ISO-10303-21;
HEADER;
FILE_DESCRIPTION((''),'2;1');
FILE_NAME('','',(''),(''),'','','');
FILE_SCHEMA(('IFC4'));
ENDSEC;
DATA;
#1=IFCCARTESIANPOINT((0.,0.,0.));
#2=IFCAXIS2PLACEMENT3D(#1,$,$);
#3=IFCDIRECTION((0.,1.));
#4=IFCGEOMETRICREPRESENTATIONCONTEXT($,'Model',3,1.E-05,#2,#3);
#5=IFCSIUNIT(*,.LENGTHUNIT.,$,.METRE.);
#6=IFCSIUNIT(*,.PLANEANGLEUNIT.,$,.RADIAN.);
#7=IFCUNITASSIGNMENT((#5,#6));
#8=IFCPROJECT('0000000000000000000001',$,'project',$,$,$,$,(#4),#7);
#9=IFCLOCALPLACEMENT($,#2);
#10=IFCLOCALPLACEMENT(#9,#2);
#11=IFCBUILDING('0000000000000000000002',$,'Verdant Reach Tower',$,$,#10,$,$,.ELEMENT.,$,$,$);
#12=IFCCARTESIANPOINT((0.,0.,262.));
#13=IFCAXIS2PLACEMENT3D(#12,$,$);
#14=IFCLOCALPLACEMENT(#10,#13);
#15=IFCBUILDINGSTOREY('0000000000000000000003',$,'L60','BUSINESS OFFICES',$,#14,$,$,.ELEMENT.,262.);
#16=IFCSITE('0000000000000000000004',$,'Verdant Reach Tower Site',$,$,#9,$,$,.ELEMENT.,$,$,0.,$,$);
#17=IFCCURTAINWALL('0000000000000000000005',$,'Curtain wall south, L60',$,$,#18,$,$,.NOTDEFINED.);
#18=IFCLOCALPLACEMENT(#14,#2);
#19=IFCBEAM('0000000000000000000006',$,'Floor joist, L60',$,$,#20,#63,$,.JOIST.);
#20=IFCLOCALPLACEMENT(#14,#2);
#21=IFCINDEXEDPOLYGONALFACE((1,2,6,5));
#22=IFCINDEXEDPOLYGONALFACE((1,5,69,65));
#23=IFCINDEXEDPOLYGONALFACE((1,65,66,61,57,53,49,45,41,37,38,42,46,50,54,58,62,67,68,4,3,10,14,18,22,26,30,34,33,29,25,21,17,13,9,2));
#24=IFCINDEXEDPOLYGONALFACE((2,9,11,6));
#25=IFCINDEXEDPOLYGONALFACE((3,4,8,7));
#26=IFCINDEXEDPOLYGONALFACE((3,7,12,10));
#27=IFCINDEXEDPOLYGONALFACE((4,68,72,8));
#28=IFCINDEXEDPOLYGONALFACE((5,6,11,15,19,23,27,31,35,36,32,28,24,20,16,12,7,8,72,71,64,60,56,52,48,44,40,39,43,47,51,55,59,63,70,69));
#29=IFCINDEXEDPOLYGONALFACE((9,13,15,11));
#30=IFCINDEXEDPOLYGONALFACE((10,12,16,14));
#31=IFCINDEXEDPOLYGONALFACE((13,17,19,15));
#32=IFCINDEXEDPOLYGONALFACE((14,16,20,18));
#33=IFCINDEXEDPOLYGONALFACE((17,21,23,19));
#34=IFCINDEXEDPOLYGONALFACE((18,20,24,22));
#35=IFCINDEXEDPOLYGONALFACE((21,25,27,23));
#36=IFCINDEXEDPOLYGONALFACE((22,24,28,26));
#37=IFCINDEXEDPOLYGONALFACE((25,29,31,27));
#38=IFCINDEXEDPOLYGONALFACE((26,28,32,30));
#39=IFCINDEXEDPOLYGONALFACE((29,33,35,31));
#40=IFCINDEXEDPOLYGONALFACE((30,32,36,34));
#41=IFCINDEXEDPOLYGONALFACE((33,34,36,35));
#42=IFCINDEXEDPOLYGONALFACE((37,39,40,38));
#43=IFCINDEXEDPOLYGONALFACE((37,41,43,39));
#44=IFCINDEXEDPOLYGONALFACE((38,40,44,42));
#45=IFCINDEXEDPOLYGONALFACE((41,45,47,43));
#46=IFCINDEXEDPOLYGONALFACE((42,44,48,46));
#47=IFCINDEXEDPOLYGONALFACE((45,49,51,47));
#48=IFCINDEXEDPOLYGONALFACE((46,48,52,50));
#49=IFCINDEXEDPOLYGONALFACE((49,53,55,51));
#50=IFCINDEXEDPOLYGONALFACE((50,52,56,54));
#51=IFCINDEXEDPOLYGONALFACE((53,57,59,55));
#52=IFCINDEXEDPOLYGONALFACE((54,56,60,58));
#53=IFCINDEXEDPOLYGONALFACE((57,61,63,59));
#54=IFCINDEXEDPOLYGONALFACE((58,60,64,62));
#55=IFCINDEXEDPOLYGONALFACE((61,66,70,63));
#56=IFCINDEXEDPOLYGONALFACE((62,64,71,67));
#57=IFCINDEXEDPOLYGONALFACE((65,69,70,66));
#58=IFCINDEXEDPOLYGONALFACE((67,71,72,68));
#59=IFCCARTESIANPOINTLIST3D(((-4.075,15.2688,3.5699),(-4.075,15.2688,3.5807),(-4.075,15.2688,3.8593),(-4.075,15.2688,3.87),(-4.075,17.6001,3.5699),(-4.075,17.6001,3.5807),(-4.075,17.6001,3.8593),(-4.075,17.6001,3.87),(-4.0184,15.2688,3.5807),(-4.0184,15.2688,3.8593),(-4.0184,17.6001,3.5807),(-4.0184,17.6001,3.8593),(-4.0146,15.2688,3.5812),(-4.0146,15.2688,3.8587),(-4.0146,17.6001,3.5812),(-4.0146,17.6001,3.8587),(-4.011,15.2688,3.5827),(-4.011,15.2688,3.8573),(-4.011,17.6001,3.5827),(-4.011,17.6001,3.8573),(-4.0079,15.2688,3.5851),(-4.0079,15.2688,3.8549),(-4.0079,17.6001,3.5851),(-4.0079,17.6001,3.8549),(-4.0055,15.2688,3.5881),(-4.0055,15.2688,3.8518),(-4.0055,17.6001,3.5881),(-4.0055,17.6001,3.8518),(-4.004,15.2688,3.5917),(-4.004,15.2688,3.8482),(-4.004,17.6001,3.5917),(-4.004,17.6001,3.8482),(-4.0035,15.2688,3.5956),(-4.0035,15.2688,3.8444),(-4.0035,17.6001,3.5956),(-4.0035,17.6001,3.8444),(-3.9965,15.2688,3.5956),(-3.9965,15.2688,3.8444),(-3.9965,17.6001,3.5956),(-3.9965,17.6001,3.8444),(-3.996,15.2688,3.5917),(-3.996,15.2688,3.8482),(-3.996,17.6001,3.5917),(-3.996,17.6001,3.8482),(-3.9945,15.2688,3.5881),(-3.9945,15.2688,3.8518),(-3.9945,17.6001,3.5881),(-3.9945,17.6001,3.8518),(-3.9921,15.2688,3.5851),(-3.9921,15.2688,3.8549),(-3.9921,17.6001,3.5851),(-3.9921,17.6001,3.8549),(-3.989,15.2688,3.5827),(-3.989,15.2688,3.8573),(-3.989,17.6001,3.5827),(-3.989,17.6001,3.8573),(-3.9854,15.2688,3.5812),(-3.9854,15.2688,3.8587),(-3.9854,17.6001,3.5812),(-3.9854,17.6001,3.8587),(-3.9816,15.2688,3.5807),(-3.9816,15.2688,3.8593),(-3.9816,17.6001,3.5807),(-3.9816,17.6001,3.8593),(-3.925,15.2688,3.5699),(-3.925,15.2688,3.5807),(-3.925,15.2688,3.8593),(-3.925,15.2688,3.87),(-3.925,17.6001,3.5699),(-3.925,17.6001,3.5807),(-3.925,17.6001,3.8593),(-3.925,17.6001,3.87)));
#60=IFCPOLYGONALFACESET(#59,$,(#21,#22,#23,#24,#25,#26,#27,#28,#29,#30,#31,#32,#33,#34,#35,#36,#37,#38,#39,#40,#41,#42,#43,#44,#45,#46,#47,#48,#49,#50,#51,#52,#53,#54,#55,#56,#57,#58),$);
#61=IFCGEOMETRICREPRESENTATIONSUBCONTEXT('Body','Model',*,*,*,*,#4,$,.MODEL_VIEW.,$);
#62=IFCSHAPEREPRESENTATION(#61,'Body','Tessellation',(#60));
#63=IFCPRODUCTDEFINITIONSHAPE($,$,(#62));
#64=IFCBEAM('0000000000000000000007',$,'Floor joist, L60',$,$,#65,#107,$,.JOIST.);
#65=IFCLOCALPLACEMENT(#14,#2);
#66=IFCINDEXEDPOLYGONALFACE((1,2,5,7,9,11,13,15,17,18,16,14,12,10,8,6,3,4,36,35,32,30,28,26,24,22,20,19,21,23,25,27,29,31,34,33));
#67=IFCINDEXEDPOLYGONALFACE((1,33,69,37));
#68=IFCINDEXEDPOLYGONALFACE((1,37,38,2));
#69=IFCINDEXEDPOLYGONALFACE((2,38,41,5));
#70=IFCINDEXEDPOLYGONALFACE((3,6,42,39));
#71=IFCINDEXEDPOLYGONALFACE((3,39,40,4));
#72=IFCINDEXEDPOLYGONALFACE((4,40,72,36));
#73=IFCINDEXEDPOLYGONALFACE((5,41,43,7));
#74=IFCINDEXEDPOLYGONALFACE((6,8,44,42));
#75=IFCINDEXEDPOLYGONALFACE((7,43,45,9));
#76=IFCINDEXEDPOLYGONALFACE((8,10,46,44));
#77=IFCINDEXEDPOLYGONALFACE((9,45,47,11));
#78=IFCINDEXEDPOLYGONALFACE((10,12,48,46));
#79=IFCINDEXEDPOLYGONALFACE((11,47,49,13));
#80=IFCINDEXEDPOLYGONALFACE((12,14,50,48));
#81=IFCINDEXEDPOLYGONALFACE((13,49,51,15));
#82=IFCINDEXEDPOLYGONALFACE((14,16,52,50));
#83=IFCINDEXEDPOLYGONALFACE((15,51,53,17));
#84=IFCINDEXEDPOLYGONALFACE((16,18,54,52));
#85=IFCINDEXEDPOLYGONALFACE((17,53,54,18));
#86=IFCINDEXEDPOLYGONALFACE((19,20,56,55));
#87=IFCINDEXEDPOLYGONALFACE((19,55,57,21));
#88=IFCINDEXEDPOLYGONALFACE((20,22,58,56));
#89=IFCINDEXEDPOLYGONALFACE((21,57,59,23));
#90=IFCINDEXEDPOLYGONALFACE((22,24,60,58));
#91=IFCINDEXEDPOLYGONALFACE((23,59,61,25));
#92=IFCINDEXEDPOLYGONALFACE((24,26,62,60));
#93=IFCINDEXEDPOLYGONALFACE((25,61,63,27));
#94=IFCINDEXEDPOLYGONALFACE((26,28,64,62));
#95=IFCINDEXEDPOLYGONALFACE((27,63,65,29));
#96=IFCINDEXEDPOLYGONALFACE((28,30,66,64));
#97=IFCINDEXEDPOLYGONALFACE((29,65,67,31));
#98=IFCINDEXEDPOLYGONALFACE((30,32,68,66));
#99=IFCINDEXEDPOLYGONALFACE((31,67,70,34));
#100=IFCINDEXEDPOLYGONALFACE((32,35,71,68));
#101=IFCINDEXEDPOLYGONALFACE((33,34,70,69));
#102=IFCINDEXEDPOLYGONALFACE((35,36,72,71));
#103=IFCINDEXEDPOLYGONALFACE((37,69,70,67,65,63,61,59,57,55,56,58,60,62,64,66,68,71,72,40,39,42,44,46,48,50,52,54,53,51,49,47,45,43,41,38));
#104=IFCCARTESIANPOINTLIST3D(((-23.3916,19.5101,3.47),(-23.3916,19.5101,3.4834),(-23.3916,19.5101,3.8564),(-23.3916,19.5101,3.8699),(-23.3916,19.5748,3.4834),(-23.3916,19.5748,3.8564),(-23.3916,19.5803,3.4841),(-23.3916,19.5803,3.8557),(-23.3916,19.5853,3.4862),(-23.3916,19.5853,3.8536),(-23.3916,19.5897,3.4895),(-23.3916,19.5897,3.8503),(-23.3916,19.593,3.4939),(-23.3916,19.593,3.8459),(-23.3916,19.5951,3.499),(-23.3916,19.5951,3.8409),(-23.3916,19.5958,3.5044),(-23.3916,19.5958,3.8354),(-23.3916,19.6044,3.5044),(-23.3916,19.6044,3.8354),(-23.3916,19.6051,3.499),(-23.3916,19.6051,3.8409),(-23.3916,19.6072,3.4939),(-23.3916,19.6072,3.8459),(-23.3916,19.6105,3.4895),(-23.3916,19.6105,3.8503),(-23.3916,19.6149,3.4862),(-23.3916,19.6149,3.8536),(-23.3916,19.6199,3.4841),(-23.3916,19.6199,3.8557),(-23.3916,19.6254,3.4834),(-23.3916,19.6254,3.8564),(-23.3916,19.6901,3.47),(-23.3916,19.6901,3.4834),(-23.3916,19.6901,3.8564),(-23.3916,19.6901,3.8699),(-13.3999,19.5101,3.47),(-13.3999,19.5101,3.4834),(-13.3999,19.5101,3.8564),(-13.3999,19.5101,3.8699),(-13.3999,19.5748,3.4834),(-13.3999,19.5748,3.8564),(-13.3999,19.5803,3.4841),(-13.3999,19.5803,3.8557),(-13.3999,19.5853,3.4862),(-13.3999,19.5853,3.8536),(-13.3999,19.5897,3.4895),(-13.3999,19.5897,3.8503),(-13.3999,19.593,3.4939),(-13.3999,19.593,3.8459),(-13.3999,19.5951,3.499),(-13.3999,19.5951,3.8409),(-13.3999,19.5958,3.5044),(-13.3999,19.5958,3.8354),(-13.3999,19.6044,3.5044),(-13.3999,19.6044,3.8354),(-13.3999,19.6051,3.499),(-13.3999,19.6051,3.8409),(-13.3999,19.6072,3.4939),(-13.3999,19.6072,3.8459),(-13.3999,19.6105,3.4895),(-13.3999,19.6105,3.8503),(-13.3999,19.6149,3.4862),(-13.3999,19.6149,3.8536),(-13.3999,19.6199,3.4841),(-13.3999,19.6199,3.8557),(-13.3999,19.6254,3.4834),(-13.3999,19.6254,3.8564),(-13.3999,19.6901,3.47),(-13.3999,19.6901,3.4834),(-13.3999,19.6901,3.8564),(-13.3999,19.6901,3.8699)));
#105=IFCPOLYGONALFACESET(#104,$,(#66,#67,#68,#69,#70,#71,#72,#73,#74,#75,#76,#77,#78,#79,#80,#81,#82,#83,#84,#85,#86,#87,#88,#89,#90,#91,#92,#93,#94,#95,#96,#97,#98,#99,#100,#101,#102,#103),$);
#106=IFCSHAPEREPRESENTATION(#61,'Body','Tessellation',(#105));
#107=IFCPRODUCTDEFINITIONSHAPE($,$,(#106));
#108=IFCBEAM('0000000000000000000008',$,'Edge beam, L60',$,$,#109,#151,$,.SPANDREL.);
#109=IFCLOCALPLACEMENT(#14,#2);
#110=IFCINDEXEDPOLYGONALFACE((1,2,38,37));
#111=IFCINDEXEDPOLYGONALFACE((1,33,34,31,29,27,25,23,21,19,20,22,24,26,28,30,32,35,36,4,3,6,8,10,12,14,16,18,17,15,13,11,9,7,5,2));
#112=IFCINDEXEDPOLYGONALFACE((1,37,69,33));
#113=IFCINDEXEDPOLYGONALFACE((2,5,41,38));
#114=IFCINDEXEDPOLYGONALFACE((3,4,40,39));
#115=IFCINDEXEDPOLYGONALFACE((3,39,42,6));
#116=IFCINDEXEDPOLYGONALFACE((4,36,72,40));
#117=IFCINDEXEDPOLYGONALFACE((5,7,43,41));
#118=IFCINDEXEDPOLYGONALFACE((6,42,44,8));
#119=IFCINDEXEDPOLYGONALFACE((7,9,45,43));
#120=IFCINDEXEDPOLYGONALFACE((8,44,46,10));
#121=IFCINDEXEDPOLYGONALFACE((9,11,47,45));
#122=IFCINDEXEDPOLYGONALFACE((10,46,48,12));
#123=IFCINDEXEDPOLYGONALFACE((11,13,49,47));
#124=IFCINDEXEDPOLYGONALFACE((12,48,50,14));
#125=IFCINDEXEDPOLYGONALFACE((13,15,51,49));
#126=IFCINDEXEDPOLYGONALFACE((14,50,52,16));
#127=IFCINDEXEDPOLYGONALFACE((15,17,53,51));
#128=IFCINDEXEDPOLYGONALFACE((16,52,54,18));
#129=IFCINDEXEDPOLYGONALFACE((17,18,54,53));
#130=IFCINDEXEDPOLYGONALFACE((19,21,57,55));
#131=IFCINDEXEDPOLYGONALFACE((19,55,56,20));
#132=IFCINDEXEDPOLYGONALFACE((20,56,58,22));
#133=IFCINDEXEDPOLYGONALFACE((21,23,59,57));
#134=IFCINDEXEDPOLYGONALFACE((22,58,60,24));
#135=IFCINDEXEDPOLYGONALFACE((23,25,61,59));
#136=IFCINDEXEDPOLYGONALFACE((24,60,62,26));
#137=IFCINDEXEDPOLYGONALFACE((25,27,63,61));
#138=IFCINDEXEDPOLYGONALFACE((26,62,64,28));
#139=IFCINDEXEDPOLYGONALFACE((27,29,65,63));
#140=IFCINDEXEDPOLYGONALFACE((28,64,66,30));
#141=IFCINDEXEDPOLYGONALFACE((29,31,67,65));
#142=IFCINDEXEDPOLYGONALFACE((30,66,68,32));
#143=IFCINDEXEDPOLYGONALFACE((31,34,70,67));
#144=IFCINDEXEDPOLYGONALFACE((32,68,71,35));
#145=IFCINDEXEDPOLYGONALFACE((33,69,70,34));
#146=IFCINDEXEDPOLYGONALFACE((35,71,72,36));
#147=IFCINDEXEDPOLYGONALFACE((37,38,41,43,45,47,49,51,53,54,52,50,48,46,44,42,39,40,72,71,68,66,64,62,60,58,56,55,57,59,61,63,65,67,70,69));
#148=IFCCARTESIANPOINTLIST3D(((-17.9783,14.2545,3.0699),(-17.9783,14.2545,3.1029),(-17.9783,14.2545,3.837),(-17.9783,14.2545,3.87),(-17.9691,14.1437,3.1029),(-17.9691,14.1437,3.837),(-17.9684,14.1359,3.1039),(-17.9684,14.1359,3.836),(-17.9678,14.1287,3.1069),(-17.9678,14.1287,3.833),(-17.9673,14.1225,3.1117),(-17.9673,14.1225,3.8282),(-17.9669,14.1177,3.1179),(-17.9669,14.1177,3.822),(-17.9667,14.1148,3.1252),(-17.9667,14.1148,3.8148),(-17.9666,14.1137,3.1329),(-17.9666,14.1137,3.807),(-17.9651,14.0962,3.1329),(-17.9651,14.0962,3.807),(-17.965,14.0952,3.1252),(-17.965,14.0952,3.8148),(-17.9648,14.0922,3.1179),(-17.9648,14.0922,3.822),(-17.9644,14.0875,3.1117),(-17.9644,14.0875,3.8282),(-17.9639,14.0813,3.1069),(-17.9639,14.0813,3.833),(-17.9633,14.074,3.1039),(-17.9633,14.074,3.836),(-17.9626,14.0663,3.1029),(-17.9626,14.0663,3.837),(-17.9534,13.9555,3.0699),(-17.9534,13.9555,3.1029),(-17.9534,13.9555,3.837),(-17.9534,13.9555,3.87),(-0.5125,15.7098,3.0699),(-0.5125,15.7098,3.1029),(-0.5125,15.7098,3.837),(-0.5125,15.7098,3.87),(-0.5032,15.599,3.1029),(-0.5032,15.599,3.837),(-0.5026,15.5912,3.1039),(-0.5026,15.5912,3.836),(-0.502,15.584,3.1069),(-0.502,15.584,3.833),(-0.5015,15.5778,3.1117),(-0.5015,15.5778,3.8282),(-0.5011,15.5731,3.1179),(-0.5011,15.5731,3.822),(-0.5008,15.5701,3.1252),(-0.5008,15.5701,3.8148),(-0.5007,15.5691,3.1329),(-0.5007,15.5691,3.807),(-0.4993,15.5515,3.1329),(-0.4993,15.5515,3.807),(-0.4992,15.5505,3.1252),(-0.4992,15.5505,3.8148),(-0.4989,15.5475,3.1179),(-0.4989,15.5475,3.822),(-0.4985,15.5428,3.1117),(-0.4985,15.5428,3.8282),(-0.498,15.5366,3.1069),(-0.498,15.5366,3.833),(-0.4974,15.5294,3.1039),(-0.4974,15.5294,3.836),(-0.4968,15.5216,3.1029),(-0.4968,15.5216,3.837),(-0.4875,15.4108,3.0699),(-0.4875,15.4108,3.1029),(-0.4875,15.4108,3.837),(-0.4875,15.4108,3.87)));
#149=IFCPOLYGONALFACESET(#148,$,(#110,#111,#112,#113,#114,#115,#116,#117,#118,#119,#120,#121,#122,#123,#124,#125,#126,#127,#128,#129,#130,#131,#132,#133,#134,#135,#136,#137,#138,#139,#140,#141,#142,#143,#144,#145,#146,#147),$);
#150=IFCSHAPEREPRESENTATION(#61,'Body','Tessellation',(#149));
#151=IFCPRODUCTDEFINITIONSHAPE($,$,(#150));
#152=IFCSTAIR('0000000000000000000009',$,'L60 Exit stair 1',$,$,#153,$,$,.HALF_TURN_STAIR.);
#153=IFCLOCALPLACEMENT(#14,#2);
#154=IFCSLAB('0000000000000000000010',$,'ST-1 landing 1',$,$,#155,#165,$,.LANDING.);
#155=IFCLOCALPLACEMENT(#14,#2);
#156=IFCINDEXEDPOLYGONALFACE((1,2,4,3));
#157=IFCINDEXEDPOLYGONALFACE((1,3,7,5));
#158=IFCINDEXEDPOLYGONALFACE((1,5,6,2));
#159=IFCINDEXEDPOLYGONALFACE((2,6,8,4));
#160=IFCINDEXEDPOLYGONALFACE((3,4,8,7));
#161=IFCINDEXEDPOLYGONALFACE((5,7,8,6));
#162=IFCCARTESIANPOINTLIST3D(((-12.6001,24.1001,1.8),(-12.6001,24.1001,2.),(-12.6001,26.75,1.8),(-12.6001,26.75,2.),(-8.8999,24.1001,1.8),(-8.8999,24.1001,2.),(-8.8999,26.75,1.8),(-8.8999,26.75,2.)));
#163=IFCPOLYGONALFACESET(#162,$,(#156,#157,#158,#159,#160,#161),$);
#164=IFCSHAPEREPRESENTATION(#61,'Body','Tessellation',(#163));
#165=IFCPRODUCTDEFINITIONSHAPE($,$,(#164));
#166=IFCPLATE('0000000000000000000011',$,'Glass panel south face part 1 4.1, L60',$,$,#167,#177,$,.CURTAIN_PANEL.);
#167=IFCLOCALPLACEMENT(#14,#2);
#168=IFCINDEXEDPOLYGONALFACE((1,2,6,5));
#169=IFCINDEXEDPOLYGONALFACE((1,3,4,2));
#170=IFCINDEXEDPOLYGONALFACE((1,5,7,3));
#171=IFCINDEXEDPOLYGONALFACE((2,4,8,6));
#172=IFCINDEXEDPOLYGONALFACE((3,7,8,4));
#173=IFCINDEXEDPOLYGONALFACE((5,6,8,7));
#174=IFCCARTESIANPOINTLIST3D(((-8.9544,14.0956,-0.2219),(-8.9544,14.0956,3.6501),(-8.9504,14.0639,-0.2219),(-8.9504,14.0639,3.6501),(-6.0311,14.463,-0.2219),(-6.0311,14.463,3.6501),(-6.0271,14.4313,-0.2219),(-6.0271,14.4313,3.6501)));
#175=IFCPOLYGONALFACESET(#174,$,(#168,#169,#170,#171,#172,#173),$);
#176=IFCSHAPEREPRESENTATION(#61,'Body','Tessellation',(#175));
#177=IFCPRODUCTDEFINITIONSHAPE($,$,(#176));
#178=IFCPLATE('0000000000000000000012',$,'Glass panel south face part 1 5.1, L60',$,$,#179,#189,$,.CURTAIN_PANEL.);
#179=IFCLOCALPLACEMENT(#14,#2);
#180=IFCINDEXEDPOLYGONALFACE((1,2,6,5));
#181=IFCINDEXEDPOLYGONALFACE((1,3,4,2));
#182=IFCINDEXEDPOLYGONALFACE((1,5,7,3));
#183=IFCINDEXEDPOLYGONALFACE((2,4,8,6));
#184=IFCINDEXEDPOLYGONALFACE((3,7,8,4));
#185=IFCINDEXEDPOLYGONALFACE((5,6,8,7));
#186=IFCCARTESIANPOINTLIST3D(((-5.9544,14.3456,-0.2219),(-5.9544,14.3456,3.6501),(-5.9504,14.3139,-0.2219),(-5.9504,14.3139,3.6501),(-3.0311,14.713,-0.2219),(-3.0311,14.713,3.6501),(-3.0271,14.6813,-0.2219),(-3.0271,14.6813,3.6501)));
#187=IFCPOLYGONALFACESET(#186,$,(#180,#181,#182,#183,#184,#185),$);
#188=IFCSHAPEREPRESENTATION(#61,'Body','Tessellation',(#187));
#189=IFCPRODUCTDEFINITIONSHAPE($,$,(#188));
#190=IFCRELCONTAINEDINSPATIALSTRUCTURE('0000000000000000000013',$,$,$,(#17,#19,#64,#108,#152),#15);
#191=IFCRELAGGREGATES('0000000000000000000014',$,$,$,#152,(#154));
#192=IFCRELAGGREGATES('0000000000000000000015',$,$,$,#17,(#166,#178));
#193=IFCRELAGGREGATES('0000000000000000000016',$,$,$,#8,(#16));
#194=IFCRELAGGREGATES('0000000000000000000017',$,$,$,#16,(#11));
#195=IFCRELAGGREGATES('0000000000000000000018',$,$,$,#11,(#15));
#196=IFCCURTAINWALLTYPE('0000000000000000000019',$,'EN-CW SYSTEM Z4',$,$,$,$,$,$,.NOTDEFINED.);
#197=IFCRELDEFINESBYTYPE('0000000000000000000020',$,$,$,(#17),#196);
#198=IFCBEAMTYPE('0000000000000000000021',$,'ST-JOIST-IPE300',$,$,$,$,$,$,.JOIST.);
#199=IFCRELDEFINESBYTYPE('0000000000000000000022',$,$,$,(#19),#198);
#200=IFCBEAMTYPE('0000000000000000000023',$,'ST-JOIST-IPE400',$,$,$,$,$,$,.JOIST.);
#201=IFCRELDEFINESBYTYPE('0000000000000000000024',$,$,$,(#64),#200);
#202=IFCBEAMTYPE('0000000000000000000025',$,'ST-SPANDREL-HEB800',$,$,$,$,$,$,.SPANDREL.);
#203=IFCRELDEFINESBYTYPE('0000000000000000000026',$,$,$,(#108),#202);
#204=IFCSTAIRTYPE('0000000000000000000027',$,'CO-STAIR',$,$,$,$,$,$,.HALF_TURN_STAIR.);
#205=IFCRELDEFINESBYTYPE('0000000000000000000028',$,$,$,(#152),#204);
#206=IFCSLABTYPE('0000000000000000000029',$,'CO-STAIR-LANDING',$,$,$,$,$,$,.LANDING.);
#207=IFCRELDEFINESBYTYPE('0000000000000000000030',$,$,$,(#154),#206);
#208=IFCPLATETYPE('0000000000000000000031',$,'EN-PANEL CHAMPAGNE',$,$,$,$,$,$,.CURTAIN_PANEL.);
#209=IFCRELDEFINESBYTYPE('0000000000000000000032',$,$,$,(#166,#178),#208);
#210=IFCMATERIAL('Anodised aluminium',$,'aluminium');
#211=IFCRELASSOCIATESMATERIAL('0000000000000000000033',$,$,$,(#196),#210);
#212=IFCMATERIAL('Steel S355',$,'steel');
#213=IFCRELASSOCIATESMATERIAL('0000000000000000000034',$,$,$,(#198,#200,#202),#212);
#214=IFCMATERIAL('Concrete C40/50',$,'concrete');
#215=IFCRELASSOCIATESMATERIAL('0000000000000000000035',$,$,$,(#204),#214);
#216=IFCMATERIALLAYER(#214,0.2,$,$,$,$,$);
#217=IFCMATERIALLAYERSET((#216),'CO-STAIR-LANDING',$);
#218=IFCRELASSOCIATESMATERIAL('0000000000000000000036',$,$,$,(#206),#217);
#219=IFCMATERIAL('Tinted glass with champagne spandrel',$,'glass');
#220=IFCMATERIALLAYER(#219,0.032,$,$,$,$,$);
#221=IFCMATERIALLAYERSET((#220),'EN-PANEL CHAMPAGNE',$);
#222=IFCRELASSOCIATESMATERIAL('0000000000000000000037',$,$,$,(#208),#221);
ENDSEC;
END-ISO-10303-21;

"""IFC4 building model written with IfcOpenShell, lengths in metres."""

from ifc_helpers import new_model, si_unit, direction, frame, origin, origin_2d, place, context, subcontext, project, spatial, polyline, rectangle, i_section, outline, extrude, material, layer, layer_set, material_profile, profile_set, type_object, element, aggregate, save


model = new_model("IFC4")

# Units and contexts
model_context = context("Model", 3, precision=1e-05, world=origin(), true_north=direction((0.0, 1.0)))
body_context = subcontext(model_context, "Body", "Model", "MODEL_VIEW")
ifc_project = project(units=[si_unit("LENGTHUNIT", "METRE"), si_unit("PLANEANGLEUNIT", "RADIAN")], contexts=[model_context])

# Site, building, storey
site_placement = place(None, origin())
site = spatial("IfcSite", under=ifc_project, at=site_placement, Name="Verdant Reach Tower Site", CompositionType="ELEMENT", RefElevation=0.0)
building_placement = place(site_placement, origin())
building = spatial("IfcBuilding", under=site, at=building_placement, Name="Verdant Reach Tower", CompositionType="ELEMENT")
storey_placement = place(building_placement, frame((0.0, 0.0, 262.0)))
storey = spatial("IfcBuildingStorey", under=building, at=storey_placement, Name="L60", Description="BUSINESS OFFICES", CompositionType="ELEMENT", Elevation=262.0)

# Curtain wall
ifc_material_1 = material(Name="Anodised aluminium", Category="aluminium")
curtain_wall_type = type_object("IfcCurtainWallType", Name="EN-CW SYSTEM Z4", PredefinedType="NOTDEFINED", material=ifc_material_1)
curtain_wall_placement = place(storey_placement, origin())
curtain_wall = element("IfcCurtainWall", 1, at=curtain_wall_placement, inside=storey, type_object=curtain_wall_type, Name="Curtain wall south, L60", PredefinedType="NOTDEFINED")

# Beams
ifc_material_2 = material(Name="Steel S355", Category="steel")
ifc_material_profile_1 = material_profile(ifc_material_2, i_section(OverallWidth=0.1499, OverallDepth=0.3, WebThickness=0.0071, FlangeThickness=0.0107, FilletRadius=0.0149, at=origin_2d()), Name="IPE 300")
ifc_profile_set_1 = profile_set([ifc_material_profile_1], Name="Steel S355")
beam_type_1 = type_object("IfcBeamType", Name="ST-JOIST-IPE300", PredefinedType="JOIST", material=ifc_profile_set_1)
beam_1_placement = place(storey_placement, frame((-4.0, 17.6001, 3.72), z_axis=(0.0, -1.0, 0.0), x_axis=(1.0, 0.0, 0.0)))
element("IfcBeam", 2, at=beam_1_placement, inside=storey, type_object=beam_type_1, Name="Floor joist, L60", PredefinedType="JOIST", context=body_context, shape_type="SweptSolid", body=[
    extrude(i_section(OverallWidth=0.1499, OverallDepth=0.3, WebThickness=0.0071, FlangeThickness=0.0107, FilletRadius=0.0149, at=origin_2d()), origin(), (0.0, 0.0, 1.0), 2.3313),
])
ifc_material_profile_2 = material_profile(ifc_material_2, i_section(OverallWidth=0.1799, OverallDepth=0.3999, WebThickness=0.0085, FlangeThickness=0.0134, FilletRadius=0.021, at=origin_2d()), Name="IPE 400")
ifc_profile_set_2 = profile_set([ifc_material_profile_2], Name="Steel S355")
beam_type_2 = type_object("IfcBeamType", Name="ST-JOIST-IPE400", PredefinedType="JOIST", material=ifc_profile_set_2)
beam_2_placement = place(storey_placement, frame((-13.3999, 19.6001, 3.6699), z_axis=(-1.0, 0.0, 0.0), x_axis=(0.0, -1.0, 0.0)))
element("IfcBeam", 3, at=beam_2_placement, inside=storey, type_object=beam_type_2, Name="Floor joist, L60", PredefinedType="JOIST", context=body_context, shape_type="SweptSolid", body=[
    extrude(i_section(OverallWidth=0.1799, OverallDepth=0.3999, WebThickness=0.0085, FlangeThickness=0.0134, FilletRadius=0.021, at=origin_2d()), origin(), (0.0, 0.0, 1.0), 9.9917),
])
ifc_material_profile_3 = material_profile(ifc_material_2, i_section(OverallWidth=0.3, OverallDepth=0.8, WebThickness=0.0176, FlangeThickness=0.033, FilletRadius=0.03, at=origin_2d()), Name="HEB 800")
ifc_profile_set_3 = profile_set([ifc_material_profile_3], Name="Steel S355")
beam_type_3 = type_object("IfcBeamType", Name="ST-SPANDREL-HEB800", PredefinedType="SPANDREL", material=ifc_profile_set_3)
beam_3_placement = place(storey_placement, frame((-0.5, 15.5603, 3.47), z_axis=(-0.996547, -0.083036, 0.0), x_axis=(0.083036, -0.996547, 0.0)))
element("IfcBeam", 4, at=beam_3_placement, inside=storey, type_object=beam_type_3, Name="Edge beam, L60", PredefinedType="SPANDREL", context=body_context, shape_type="SweptSolid", body=[
    extrude(i_section(OverallWidth=0.3, OverallDepth=0.8, WebThickness=0.0176, FlangeThickness=0.033, FilletRadius=0.03, at=origin_2d()), origin(), (0.0, 0.0, 1.0), 17.5264),
])

# Stair, slab
ifc_material_3 = material(Name="Concrete C40/50", Category="concrete")
stair_type = type_object("IfcStairType", Name="CO-STAIR", PredefinedType="HALF_TURN_STAIR", material=ifc_material_3)
stair_placement = place(storey_placement, origin())
stair = element("IfcStair", 5, at=stair_placement, inside=storey, type_object=stair_type, Name="L60 Exit stair 1", PredefinedType="HALF_TURN_STAIR")
ifc_layer_1 = layer(ifc_material_3, 0.2)
ifc_layer_set_1 = layer_set([ifc_layer_1], Name="CO-STAIR-LANDING")
slab_type_1 = type_object("IfcSlabType", Name="CO-STAIR-LANDING", PredefinedType="LANDING", material=ifc_layer_set_1)
slab_1_placement = place(storey_placement, frame((0.0, 0.0, 1.8)))
slab_1 = element("IfcSlab", 6, at=slab_1_placement, type_object=slab_type_1, Name="ST-1 landing 1", PredefinedType="LANDING", context=body_context, shape_type="SweptSolid", body=[
    extrude(outline(polyline([(-12.6001, 26.75), (-12.6001, 24.1001), (-8.8999, 24.1001), (-8.8999, 26.75), (-12.6001, 26.75)])), origin(), (0.0, 0.0, 1.0), 0.2),
])
aggregate(stair, [slab_1])

# Plates
ifc_material_4 = material(Name="Tinted glass with champagne spandrel", Category="glass")
ifc_layer_2 = layer(ifc_material_4, 0.032)
ifc_layer_set_2 = layer_set([ifc_layer_2], Name="EN-PANEL CHAMPAGNE")
plate_type_1 = type_object("IfcPlateType", Name="EN-PANEL CHAMPAGNE", PredefinedType="CURTAIN_PANEL", material=ifc_layer_set_2)
plate_1_placement = place(storey_placement, frame((-7.4907, 14.2634, -0.2219), z_axis=(0.0, 0.0, 1.0), x_axis=(0.992194, 0.124704, 0.0)))
plate_1 = element("IfcPlate", 7, at=plate_1_placement, type_object=plate_type_1, Name="Glass panel south face part 1 4.1, L60", PredefinedType="CURTAIN_PANEL", context=body_context, shape_type="SweptSolid", body=[
    extrude(rectangle(XDim=2.9463, YDim=0.032, at=origin_2d()), origin(), (0.0, 0.0, 1.0), 3.8721),
])
plate_2_placement = place(storey_placement, frame((-4.4907, 14.5134, -0.2219), z_axis=(0.0, 0.0, 1.0), x_axis=(0.992194, 0.124704, 0.0)))
plate_2 = element("IfcPlate", 8, at=plate_2_placement, type_object=plate_type_1, Name="Glass panel south face part 1 5.1, L60", PredefinedType="CURTAIN_PANEL", context=body_context, shape_type="SweptSolid", body=[
    extrude(rectangle(XDim=2.9463, YDim=0.032, at=origin_2d()), origin(), (0.0, 0.0, 1.0), 3.8721),
])
aggregate(curtain_wall, [plate_1, plate_2])

save(model, "model.ifc")
